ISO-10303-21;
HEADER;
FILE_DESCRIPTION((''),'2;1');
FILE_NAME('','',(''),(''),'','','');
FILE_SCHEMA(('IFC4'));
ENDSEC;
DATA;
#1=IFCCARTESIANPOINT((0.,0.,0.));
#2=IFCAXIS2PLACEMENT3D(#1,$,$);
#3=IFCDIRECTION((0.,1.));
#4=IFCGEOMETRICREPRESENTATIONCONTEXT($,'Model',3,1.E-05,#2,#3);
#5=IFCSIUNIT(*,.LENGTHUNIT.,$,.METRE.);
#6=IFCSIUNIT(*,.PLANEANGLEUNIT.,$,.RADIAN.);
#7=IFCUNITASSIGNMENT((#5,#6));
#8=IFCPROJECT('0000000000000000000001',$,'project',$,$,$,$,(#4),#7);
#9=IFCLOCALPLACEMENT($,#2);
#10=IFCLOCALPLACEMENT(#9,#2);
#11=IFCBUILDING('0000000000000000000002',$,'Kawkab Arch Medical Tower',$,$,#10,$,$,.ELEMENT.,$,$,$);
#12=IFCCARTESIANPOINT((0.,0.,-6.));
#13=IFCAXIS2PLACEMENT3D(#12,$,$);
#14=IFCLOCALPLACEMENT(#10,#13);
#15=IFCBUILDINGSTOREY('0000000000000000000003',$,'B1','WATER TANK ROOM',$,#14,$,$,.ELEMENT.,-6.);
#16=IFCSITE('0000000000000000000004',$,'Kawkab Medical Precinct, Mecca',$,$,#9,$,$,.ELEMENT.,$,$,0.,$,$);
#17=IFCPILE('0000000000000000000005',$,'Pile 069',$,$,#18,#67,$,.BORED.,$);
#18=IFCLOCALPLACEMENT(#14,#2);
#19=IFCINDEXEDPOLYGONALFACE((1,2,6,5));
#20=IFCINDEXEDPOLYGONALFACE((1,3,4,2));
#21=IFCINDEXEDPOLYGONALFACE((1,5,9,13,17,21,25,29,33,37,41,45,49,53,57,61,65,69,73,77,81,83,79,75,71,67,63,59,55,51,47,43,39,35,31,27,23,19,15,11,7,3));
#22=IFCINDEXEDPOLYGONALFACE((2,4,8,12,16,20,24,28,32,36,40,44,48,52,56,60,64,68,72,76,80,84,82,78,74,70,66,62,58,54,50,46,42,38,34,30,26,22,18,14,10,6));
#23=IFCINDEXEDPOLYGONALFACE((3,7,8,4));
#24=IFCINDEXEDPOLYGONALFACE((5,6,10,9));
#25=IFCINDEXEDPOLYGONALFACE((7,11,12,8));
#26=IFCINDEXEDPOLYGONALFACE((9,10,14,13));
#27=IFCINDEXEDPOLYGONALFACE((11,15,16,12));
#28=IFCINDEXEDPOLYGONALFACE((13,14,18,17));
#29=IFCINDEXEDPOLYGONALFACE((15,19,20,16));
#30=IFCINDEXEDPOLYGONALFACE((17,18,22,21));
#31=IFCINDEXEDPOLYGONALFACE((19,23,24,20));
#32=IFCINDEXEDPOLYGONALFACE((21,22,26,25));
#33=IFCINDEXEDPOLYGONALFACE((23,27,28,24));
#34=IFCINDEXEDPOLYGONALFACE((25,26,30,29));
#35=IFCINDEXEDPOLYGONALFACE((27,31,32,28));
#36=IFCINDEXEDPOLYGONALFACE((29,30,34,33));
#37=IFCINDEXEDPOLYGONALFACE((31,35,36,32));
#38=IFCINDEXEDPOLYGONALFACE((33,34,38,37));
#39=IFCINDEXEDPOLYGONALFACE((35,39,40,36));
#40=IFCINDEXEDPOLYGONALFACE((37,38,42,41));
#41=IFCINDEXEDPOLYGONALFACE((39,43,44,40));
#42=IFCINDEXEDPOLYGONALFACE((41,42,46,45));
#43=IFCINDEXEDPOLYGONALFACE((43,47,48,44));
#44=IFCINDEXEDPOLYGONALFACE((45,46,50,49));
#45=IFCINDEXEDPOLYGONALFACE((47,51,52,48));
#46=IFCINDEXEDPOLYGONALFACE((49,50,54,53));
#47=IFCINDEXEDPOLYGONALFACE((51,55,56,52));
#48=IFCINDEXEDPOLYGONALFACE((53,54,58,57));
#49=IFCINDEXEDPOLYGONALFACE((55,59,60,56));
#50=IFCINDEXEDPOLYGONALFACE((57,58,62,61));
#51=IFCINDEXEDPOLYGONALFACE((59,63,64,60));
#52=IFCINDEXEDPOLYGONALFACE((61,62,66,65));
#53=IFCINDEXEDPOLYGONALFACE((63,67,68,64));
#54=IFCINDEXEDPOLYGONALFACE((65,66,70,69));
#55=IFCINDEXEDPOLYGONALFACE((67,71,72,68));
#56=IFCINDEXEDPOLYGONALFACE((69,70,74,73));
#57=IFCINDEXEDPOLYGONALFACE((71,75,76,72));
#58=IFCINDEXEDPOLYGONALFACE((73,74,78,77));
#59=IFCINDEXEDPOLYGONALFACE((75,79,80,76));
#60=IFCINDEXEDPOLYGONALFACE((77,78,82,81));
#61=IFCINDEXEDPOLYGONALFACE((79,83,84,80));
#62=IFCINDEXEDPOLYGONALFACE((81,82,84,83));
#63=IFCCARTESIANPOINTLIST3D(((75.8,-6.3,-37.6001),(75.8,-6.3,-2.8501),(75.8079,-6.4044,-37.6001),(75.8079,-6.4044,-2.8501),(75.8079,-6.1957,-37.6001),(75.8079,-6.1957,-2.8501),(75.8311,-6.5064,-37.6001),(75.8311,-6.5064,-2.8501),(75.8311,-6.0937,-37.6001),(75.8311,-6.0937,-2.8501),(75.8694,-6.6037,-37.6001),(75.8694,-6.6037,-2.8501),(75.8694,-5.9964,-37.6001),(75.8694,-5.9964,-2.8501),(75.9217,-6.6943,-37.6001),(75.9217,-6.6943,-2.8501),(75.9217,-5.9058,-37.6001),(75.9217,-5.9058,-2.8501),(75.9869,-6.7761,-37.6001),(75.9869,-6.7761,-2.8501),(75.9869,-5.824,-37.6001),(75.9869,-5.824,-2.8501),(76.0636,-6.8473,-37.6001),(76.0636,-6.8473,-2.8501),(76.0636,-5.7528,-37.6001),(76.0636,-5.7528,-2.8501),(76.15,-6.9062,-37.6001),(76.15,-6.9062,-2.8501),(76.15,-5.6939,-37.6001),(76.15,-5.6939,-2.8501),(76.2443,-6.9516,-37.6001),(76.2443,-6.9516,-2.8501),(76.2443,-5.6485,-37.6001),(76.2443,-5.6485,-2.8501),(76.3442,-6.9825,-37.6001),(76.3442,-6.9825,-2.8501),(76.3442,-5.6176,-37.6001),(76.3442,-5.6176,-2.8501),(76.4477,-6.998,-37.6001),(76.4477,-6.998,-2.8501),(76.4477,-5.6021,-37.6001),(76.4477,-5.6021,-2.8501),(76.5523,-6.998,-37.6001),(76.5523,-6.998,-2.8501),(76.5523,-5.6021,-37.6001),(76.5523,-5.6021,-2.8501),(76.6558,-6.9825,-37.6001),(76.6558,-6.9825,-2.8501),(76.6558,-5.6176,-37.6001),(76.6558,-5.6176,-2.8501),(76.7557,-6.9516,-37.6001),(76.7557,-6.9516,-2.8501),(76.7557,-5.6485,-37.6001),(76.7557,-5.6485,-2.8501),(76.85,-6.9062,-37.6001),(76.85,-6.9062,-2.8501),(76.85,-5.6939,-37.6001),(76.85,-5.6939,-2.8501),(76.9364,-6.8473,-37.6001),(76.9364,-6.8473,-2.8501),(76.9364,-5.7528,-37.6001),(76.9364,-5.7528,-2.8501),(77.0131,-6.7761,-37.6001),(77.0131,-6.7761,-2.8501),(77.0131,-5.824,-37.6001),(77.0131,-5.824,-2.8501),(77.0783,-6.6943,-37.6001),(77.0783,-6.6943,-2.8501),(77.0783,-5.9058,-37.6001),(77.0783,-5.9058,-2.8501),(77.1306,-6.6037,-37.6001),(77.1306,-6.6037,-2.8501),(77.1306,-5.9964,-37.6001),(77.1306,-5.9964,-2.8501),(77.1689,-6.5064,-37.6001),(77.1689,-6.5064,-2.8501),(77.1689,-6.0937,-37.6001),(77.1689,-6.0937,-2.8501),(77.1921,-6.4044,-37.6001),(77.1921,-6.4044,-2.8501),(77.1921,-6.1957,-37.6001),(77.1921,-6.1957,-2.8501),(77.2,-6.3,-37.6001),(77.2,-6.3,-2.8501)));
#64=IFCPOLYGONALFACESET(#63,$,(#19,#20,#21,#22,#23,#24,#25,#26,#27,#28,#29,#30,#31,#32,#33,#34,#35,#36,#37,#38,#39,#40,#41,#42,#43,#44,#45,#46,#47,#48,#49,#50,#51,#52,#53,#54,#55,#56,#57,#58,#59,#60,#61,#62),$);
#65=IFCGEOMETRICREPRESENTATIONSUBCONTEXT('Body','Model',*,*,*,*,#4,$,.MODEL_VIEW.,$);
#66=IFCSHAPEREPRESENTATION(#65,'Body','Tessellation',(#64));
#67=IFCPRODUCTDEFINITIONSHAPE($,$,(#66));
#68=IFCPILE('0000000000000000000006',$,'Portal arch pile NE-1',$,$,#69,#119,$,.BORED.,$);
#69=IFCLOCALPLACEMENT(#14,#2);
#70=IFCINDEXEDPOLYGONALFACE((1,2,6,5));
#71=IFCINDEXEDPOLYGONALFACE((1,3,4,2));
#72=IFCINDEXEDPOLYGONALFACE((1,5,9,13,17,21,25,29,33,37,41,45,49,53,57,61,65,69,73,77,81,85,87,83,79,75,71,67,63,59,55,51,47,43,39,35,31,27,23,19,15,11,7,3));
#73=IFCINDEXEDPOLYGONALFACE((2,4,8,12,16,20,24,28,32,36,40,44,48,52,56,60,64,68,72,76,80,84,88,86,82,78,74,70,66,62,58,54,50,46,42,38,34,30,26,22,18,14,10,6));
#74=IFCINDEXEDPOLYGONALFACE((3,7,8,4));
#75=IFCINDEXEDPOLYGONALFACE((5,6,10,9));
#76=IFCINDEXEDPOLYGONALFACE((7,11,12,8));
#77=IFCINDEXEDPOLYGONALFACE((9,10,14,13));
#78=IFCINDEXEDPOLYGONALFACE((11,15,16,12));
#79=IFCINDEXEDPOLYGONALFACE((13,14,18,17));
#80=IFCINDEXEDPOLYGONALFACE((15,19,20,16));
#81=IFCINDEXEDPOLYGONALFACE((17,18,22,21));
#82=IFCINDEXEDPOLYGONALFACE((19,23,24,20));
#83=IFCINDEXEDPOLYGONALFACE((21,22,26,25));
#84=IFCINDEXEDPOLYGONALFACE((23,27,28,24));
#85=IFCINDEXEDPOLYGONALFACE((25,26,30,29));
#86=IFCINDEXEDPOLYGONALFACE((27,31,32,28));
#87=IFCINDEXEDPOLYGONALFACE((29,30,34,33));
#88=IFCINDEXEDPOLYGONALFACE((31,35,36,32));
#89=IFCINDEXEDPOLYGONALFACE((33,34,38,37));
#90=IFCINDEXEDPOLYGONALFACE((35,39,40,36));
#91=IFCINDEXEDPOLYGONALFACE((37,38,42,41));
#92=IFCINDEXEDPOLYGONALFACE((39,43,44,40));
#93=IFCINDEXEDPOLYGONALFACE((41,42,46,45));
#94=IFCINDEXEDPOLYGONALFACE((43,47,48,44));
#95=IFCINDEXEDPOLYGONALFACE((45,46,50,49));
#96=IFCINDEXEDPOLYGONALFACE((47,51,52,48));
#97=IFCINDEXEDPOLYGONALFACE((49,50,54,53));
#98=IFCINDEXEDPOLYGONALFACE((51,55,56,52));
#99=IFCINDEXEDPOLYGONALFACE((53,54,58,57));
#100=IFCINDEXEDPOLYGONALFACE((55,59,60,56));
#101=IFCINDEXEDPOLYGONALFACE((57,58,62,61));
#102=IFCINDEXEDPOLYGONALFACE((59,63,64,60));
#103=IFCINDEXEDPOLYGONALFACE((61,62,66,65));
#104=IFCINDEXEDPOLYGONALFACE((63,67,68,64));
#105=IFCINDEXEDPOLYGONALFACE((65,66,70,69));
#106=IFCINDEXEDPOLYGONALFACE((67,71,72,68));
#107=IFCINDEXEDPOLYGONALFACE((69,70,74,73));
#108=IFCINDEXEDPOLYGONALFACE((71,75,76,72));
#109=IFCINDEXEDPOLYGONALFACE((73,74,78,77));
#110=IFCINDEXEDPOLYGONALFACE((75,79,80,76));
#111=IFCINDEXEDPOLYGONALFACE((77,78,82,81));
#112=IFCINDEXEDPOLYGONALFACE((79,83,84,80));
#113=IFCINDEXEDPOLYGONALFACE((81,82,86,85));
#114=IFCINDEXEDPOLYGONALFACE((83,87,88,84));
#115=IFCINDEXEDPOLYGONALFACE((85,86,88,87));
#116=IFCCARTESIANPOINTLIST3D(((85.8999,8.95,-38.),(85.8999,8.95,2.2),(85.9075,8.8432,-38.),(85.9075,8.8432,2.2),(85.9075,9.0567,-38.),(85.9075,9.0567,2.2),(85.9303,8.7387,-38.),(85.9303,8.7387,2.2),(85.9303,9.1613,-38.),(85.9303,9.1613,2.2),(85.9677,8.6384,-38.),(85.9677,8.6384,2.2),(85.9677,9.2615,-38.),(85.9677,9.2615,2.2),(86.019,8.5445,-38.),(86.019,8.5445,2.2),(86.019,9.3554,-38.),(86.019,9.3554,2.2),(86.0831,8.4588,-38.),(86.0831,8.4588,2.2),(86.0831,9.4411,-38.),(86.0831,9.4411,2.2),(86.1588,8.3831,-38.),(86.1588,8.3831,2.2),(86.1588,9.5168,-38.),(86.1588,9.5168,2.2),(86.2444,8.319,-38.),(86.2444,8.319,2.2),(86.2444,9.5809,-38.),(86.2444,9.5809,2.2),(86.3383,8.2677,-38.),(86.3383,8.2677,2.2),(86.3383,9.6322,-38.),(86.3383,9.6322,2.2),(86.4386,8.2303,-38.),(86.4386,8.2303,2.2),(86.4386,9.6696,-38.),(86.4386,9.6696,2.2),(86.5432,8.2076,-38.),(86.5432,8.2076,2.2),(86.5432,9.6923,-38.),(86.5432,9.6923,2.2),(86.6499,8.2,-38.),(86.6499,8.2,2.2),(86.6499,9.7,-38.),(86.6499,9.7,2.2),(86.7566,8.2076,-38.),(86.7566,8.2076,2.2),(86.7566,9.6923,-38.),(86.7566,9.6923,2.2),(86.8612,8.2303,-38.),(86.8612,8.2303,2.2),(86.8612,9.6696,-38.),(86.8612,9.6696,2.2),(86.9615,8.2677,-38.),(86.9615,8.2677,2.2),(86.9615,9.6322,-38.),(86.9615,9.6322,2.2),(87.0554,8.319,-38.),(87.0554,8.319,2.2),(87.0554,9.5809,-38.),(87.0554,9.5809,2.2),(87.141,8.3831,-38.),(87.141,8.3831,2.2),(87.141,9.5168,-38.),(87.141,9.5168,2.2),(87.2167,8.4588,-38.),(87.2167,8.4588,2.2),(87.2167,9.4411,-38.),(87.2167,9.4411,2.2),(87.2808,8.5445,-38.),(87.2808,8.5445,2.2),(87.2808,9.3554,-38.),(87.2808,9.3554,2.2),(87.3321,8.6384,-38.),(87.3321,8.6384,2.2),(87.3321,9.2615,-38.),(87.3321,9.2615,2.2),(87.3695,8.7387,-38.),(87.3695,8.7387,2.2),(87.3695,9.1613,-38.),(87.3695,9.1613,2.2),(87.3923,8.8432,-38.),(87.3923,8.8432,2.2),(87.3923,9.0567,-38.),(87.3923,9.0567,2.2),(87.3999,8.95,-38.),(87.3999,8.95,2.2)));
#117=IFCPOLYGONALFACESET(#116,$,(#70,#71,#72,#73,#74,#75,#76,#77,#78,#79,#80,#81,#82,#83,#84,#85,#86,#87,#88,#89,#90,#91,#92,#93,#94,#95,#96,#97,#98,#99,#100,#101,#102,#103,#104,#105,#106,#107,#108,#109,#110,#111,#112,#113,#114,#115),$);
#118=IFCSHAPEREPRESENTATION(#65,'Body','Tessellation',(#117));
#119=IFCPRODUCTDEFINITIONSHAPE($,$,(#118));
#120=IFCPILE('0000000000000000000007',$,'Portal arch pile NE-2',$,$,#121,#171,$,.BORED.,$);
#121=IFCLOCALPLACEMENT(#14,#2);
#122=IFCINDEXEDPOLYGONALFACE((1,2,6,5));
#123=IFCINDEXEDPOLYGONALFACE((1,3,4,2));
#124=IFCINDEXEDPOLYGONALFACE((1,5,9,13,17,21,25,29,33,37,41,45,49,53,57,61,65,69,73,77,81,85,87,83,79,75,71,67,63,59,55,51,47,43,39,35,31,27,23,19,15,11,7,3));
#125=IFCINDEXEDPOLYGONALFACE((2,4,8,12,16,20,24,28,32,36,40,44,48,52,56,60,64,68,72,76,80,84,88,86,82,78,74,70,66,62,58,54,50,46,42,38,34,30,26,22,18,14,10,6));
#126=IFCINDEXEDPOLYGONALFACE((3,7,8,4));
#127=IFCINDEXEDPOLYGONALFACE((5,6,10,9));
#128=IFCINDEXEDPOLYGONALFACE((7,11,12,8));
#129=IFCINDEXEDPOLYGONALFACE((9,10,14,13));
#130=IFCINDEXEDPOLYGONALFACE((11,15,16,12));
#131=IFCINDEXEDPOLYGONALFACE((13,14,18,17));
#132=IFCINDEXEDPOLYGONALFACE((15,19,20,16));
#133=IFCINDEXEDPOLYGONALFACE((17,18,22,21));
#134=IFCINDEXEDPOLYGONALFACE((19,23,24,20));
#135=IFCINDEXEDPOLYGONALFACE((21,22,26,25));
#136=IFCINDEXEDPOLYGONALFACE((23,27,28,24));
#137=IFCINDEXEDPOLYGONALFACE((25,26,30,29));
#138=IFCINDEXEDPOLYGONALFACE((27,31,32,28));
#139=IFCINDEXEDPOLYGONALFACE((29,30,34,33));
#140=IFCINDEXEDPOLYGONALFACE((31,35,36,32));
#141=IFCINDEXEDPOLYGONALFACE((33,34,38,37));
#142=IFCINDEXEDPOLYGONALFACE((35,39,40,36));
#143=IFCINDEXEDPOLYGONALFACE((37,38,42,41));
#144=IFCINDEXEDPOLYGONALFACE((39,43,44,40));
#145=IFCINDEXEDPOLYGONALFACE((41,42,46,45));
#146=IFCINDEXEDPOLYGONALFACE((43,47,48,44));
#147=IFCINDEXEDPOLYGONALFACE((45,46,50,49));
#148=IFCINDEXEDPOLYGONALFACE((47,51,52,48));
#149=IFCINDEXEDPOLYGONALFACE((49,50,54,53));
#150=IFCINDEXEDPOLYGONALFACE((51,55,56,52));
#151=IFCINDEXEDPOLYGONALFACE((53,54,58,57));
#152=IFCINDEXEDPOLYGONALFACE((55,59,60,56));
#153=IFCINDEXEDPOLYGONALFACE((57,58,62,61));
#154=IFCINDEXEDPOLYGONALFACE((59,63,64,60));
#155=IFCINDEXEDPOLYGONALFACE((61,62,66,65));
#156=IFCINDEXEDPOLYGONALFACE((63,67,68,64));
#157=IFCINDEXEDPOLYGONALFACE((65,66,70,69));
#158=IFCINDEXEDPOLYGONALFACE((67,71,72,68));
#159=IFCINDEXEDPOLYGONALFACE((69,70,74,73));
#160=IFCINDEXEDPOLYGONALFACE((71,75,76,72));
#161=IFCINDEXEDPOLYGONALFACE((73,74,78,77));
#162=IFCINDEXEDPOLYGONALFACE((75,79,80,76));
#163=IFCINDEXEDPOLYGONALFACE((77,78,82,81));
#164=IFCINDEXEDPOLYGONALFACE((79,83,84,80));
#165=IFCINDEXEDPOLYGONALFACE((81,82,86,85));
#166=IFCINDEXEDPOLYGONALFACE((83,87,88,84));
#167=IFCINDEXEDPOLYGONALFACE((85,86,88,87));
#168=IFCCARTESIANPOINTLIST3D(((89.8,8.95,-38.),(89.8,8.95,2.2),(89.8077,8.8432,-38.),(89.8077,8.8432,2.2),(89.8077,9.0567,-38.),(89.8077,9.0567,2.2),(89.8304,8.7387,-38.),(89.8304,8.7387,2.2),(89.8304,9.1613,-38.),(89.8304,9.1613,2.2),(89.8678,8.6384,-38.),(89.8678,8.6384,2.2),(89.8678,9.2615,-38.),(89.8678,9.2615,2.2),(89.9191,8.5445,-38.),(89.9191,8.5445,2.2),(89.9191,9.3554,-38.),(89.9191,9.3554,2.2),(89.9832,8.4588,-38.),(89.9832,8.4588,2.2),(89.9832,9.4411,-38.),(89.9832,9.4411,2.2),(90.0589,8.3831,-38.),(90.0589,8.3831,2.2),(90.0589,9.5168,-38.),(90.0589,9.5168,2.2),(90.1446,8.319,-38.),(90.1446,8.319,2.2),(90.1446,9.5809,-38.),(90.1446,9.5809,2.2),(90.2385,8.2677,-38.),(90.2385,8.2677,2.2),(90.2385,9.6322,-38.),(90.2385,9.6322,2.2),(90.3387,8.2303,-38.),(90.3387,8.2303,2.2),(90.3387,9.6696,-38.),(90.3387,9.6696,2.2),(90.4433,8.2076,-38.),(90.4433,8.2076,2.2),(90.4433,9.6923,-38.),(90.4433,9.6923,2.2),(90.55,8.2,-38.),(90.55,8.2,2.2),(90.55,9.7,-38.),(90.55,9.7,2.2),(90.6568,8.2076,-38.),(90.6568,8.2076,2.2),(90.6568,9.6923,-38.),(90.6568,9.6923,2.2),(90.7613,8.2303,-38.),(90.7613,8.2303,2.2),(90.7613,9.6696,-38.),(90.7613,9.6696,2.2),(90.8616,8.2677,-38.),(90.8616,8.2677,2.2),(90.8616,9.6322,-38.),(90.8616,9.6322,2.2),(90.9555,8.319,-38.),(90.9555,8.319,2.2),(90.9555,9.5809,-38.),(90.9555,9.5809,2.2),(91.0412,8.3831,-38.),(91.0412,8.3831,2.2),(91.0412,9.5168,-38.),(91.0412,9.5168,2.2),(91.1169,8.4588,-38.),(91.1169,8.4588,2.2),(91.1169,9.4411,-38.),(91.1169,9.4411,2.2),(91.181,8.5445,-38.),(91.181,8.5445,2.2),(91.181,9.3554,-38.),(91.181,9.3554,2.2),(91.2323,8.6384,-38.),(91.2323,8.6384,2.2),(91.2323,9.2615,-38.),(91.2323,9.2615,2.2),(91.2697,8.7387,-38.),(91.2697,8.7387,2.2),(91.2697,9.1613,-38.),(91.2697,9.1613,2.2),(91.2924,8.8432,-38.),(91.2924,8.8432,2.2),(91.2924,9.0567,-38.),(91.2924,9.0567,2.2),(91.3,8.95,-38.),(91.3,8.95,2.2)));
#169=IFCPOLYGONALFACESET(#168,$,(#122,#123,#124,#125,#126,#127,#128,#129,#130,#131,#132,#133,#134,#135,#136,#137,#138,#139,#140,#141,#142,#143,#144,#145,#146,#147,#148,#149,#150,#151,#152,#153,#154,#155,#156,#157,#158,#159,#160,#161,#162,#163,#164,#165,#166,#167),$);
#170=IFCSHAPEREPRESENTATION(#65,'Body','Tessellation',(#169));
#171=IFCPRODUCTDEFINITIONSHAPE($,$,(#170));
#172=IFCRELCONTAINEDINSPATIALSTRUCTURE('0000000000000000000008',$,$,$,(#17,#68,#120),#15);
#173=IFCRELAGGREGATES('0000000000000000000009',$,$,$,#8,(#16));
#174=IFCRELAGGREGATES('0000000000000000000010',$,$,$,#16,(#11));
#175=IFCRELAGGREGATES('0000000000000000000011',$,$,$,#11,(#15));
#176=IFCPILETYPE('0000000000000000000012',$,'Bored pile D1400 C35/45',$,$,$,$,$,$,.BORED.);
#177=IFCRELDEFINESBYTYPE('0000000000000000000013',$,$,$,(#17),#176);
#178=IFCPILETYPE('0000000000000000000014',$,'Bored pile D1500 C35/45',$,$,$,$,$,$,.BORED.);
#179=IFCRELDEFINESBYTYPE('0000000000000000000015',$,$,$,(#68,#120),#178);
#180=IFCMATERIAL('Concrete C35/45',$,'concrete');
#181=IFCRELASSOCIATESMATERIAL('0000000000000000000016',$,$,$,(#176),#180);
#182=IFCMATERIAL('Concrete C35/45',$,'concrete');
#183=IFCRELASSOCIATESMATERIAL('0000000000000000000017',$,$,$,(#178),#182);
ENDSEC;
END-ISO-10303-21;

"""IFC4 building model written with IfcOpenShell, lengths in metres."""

from ifc_helpers import new_model, si_unit, direction, frame, origin, origin_2d, place, context, subcontext, project, spatial, circle, extrude, material, material_profile, profile_set, type_object, element, save


model = new_model("IFC4")

# Units and contexts
model_context = context("Model", 3, precision=1e-05, world=origin(), true_north=direction((0.0, 1.0)))
body_context = subcontext(model_context, "Body", "Model", "MODEL_VIEW")
ifc_project = project(units=[si_unit("LENGTHUNIT", "METRE"), si_unit("PLANEANGLEUNIT", "RADIAN")], contexts=[model_context])

# Site, building, storey
site_placement = place(None, origin())
site = spatial("IfcSite", under=ifc_project, at=site_placement, Name="Kawkab Medical Precinct, Mecca", CompositionType="ELEMENT", RefElevation=0.0)
building_placement = place(site_placement, origin())
building = spatial("IfcBuilding", under=site, at=building_placement, Name="Kawkab Arch Medical Tower", CompositionType="ELEMENT")
storey_placement = place(building_placement, frame((0.0, 0.0, -6.0)))
storey = spatial("IfcBuildingStorey", under=building, at=storey_placement, Name="B1", Description="WATER TANK ROOM", CompositionType="ELEMENT", Elevation=-6.0)

# Piles
ifc_material_1 = material(Name="Concrete C35/45", Category="concrete")
ifc_material_profile_1 = material_profile(ifc_material_1, circle(Radius=0.7, at=origin_2d()), Name="Bored pile D1400")
ifc_profile_set_1 = profile_set([ifc_material_profile_1], Name="Concrete C35/45")
pile_type_1 = type_object("IfcPileType", Name="Bored pile D1400 C35/45", PredefinedType="BORED", material=ifc_profile_set_1)
for number, where, z_axis, x_axis, name in (
    (1, (76.5, -6.3, -2.8501), (0.0, 0.0, -1.0), (1.0, 0.0, 0.0), "Pile 069"),
):
    element("IfcPile", number, at=place(storey_placement, frame(where, z_axis=z_axis, x_axis=x_axis)), inside=storey, type_object=pile_type_1, Name=name, PredefinedType="BORED", context=body_context, shape_type="SweptSolid", body=[
        extrude(circle(Radius=0.7, at=origin_2d()), origin(), (0.0, 0.0, 1.0), 34.75),
    ])
ifc_material_2 = material(Name="Concrete C35/45", Category="concrete")
ifc_material_profile_2 = material_profile(ifc_material_2, circle(Radius=0.75, at=origin_2d()), Name="Bored pile D1500")
ifc_profile_set_2 = profile_set([ifc_material_profile_2], Name="Concrete C35/45")
pile_type_2 = type_object("IfcPileType", Name="Bored pile D1500 C35/45", PredefinedType="BORED", material=ifc_profile_set_2)
for number, where, z_axis, x_axis, name in (
    (2, (86.6499, 8.95, 2.2), (0.0, 0.0, -1.0), (1.0, 0.0, 0.0), "Portal arch pile NE-1"),
    (3, (90.55, 8.95, 2.2), (0.0, 0.0, -1.0), (1.0, 0.0, 0.0), "Portal arch pile NE-2"),
):
    element("IfcPile", number, at=place(storey_placement, frame(where, z_axis=z_axis, x_axis=x_axis)), inside=storey, type_object=pile_type_2, Name=name, PredefinedType="BORED", context=body_context, shape_type="SweptSolid", body=[
        extrude(circle(Radius=0.75, at=origin_2d()), origin(), (0.0, 0.0, 1.0), 40.2),
    ])

save(model, "model.ifc")
